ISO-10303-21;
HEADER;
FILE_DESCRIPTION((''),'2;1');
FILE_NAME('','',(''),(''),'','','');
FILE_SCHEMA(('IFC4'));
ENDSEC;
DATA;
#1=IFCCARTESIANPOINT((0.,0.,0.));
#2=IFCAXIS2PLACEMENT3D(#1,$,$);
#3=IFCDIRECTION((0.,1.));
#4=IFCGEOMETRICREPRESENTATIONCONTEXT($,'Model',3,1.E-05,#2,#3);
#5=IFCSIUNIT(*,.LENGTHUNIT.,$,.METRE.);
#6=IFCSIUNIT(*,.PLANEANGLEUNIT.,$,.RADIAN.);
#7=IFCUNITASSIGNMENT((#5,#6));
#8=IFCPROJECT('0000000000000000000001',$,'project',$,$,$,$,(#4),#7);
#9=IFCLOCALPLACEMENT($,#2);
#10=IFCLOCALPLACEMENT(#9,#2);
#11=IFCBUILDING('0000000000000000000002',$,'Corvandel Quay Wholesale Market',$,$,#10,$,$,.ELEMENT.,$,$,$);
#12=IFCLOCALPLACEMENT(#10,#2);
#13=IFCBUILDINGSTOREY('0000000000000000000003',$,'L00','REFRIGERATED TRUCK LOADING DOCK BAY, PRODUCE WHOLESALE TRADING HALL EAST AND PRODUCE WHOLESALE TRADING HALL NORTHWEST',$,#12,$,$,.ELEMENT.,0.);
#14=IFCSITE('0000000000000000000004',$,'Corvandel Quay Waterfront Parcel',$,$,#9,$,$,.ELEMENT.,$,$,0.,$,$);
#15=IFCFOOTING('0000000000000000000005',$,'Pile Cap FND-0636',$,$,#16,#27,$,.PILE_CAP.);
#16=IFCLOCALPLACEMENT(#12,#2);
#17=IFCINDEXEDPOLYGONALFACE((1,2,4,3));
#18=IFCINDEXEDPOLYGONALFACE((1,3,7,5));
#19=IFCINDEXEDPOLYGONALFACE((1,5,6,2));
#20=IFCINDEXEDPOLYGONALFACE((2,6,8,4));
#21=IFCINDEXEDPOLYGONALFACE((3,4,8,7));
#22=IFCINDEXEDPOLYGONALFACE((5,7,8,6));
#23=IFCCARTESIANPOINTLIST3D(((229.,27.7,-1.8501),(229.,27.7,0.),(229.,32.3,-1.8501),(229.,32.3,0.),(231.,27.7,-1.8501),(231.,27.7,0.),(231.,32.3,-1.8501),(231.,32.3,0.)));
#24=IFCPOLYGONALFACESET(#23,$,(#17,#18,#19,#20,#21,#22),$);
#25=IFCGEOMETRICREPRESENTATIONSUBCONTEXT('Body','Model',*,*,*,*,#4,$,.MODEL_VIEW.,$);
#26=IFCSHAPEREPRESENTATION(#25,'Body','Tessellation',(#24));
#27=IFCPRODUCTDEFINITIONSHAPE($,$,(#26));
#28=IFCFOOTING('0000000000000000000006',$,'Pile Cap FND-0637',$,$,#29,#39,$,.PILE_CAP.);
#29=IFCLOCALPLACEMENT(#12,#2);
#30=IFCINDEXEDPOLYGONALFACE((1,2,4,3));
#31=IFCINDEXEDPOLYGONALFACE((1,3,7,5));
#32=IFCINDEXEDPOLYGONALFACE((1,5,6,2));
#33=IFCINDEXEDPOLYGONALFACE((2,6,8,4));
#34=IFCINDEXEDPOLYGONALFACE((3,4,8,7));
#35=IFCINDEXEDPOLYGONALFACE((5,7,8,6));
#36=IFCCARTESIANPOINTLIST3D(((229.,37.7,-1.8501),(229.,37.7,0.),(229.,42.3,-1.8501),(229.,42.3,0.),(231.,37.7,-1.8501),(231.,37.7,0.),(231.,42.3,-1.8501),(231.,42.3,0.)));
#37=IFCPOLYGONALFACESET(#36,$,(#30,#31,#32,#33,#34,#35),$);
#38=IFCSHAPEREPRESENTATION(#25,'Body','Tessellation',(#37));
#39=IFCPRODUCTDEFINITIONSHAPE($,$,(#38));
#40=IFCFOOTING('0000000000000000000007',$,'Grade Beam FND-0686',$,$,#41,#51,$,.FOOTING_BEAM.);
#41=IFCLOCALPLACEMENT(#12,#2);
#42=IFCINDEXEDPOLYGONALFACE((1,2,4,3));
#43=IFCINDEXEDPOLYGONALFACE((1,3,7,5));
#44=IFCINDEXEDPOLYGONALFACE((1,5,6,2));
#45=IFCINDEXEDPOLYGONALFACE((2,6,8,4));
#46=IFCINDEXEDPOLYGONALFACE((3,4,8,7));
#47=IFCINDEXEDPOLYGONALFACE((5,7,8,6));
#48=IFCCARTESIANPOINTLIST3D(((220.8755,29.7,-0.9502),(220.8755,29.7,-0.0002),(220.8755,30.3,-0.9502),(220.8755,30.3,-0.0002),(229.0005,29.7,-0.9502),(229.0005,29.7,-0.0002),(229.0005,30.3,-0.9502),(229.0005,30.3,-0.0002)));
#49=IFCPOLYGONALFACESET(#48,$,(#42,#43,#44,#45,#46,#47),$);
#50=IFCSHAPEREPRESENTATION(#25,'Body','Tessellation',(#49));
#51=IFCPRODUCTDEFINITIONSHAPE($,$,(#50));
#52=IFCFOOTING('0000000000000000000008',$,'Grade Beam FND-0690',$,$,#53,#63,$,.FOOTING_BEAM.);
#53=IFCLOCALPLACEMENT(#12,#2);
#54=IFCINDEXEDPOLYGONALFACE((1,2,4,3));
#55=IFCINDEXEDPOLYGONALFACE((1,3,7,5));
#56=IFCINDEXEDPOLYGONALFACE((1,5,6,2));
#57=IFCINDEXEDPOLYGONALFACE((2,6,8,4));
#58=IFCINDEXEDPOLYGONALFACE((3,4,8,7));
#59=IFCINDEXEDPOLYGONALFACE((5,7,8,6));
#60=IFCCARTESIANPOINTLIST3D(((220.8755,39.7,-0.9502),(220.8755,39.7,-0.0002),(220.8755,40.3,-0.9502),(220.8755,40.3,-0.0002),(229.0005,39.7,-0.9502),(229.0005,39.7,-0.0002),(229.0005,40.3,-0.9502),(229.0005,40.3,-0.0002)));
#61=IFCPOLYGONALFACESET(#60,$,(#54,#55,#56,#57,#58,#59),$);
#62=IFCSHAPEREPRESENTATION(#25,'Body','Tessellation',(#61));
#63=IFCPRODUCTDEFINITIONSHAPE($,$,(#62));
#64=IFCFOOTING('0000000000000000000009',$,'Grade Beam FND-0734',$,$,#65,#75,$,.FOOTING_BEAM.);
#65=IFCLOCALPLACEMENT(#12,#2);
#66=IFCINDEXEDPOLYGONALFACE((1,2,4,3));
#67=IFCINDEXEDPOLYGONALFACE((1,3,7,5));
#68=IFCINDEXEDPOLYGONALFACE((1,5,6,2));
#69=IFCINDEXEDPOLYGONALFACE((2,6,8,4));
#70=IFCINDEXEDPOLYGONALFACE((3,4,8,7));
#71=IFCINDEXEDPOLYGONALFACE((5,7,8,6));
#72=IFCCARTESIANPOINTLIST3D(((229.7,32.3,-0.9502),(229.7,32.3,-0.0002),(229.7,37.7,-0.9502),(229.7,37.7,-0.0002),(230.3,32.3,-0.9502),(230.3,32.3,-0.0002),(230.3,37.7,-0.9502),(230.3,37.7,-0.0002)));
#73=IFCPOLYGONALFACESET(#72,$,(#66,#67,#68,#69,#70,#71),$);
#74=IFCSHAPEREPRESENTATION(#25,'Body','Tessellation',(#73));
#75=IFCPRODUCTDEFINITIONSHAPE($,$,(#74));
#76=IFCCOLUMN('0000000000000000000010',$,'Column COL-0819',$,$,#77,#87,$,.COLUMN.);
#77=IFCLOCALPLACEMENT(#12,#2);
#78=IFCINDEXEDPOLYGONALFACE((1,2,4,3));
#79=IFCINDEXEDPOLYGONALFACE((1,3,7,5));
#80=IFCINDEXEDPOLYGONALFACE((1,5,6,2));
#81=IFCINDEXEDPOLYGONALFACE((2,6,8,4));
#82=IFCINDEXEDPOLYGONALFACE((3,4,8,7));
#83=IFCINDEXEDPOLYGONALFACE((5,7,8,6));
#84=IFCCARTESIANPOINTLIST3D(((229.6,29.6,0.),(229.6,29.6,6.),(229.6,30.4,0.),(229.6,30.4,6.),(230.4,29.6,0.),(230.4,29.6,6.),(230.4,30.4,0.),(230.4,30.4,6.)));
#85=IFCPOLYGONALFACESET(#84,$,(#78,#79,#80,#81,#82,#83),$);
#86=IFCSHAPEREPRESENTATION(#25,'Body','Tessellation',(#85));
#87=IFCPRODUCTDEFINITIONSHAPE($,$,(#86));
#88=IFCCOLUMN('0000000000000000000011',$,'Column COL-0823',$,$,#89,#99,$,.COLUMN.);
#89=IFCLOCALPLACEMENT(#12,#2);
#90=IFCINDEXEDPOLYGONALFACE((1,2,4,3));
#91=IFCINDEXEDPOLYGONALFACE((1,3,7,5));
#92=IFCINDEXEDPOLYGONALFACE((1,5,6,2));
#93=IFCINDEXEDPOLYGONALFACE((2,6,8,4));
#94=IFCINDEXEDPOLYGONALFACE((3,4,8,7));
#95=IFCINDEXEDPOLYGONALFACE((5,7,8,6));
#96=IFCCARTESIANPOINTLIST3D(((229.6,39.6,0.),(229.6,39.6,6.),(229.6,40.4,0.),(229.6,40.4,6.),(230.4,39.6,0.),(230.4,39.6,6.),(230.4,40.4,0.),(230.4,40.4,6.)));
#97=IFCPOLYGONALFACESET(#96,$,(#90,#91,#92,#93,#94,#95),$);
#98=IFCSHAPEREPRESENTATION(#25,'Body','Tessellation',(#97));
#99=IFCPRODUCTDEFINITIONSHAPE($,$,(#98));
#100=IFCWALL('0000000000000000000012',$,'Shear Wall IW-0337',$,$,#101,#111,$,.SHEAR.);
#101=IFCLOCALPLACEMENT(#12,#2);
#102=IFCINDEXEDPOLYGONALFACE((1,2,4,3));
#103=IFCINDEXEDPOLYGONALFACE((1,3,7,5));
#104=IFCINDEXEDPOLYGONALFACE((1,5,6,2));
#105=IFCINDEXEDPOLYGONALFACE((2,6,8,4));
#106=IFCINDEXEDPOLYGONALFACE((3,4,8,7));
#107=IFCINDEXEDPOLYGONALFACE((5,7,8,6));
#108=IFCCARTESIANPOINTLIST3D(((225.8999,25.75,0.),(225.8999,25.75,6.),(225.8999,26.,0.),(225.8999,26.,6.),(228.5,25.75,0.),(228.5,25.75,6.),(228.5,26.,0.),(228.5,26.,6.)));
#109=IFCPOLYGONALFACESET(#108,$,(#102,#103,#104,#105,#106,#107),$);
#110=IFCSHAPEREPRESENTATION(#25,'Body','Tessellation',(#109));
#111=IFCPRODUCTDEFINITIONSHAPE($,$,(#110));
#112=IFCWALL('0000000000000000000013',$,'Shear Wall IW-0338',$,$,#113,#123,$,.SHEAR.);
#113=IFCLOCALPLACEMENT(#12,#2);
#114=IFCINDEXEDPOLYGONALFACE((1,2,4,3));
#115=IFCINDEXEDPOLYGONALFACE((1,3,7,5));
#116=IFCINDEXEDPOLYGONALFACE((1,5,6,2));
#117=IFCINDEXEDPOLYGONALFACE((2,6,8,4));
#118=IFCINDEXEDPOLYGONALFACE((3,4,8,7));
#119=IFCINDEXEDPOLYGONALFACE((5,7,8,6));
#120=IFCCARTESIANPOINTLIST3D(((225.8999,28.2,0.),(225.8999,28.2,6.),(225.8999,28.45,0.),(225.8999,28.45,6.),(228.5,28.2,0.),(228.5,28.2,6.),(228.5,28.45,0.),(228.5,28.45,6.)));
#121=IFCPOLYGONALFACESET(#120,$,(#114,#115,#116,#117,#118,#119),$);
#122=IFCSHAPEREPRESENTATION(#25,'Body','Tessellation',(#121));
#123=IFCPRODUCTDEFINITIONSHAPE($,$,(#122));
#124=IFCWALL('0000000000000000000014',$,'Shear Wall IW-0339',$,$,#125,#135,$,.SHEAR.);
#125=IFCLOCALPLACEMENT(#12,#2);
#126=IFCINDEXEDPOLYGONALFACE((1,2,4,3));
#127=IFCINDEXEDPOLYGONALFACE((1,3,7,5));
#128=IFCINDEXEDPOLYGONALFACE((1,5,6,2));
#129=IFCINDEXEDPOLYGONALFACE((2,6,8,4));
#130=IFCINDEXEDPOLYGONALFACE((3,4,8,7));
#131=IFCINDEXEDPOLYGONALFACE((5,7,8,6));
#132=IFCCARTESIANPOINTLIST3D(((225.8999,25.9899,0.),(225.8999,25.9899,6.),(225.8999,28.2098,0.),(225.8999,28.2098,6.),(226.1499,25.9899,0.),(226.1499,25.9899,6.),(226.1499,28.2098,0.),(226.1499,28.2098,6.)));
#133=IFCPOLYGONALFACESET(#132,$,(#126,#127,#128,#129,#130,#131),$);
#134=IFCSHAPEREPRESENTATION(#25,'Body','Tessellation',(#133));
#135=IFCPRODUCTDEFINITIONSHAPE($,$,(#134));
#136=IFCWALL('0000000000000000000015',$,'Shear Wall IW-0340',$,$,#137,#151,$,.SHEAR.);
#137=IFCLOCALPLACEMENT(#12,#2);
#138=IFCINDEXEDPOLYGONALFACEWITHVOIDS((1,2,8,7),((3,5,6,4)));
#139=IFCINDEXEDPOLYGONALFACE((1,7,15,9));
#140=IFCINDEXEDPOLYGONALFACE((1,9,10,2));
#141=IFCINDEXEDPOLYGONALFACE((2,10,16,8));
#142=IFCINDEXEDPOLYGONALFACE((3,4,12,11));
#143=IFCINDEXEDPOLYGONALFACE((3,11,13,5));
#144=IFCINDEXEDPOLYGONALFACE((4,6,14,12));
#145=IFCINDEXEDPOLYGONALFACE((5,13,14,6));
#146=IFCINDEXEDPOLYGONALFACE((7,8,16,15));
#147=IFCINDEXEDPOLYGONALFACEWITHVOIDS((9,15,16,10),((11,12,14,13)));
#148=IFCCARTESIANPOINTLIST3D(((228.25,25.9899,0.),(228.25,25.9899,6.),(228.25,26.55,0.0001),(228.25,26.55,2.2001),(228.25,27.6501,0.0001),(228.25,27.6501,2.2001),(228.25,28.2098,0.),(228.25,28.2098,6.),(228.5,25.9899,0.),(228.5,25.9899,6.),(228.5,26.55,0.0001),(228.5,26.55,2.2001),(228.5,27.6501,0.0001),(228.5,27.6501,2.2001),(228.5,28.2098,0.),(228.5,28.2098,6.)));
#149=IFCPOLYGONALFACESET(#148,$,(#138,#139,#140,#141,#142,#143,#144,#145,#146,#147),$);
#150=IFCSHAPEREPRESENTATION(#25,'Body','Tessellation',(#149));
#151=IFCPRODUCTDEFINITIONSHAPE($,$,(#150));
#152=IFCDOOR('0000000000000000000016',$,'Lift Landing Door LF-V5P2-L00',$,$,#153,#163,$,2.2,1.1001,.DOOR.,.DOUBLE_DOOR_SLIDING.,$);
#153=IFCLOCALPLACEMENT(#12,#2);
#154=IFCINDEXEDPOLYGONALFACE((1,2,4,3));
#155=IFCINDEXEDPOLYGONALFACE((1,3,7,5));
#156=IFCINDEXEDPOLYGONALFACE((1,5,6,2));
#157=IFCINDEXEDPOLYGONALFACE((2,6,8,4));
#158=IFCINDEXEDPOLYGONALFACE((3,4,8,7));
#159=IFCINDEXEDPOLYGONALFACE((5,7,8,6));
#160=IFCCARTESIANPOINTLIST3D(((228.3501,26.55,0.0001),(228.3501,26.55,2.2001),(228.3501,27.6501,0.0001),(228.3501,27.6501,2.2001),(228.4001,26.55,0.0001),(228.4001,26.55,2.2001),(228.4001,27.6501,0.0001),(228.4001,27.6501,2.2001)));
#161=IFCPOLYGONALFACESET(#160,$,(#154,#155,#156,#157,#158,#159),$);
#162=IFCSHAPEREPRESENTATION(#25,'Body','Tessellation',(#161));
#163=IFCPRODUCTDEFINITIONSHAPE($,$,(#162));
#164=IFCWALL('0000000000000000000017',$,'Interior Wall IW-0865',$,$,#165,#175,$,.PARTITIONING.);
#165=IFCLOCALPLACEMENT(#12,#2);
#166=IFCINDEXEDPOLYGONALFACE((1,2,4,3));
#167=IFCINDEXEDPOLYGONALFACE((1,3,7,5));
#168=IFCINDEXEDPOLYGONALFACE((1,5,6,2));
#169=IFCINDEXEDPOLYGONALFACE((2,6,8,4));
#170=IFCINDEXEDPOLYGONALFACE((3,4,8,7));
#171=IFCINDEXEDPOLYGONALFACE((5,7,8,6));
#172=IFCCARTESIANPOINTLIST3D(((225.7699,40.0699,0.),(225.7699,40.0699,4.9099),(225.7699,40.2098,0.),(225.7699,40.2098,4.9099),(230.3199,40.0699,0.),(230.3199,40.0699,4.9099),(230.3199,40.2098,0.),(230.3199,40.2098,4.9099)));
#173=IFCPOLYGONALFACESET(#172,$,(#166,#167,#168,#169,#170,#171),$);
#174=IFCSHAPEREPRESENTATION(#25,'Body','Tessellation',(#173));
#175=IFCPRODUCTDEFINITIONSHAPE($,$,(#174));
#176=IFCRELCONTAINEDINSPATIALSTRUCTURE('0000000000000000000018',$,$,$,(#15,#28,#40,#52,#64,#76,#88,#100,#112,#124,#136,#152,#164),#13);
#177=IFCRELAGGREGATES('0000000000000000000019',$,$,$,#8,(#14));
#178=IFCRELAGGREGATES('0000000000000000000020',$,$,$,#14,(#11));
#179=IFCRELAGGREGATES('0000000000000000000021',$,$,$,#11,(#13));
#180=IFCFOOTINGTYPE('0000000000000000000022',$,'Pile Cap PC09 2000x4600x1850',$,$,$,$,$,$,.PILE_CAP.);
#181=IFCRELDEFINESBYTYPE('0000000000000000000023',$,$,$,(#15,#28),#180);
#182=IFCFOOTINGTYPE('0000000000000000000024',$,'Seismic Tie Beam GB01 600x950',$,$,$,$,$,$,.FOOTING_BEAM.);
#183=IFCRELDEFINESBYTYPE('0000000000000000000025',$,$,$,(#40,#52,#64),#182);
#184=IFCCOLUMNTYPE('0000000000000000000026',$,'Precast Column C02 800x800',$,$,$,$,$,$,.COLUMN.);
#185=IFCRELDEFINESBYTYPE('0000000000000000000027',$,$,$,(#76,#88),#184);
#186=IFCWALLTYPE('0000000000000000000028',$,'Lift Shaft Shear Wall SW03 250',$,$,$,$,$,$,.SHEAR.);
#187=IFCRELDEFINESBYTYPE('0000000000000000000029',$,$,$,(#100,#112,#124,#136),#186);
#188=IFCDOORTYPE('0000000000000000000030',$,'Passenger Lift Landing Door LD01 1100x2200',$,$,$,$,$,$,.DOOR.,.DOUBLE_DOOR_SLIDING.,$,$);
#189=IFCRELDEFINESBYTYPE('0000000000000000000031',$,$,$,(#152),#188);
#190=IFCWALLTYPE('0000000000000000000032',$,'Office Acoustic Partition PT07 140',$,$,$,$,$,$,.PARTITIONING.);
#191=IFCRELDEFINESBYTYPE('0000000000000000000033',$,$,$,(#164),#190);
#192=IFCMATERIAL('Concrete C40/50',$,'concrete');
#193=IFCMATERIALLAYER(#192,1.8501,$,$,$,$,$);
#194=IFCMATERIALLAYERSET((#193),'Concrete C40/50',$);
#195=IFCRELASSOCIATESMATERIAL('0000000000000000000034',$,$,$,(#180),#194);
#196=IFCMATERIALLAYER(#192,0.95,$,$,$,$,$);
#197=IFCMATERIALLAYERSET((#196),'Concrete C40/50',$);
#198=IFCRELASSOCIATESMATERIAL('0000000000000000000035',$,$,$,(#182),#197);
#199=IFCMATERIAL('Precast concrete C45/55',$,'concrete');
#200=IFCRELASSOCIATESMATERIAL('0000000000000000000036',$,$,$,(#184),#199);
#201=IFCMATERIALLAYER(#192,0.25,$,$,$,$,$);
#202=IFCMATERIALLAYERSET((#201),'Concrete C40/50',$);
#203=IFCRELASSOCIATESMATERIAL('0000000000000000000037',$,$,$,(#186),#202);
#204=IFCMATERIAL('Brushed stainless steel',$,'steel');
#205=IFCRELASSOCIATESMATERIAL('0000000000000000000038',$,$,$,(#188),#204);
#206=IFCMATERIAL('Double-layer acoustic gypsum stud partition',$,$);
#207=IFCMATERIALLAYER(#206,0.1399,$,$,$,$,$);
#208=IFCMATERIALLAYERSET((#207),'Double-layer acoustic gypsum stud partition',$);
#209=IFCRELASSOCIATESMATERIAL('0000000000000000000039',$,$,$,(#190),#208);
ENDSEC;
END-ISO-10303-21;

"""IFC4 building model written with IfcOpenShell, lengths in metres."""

from ifc_helpers import new_model, si_unit, direction, frame, frame_2d, origin, origin_2d, place, context, subcontext, project, spatial, rectangle, extrude, material, layer, layer_set, material_profile, profile_set, type_object, element, fill, save


model = new_model("IFC4")

# Units and contexts
model_context = context("Model", 3, precision=1e-05, world=origin(), true_north=direction((0.0, 1.0)))
body_context = subcontext(model_context, "Body", "Model", "MODEL_VIEW")
ifc_project = project(units=[si_unit("LENGTHUNIT", "METRE"), si_unit("PLANEANGLEUNIT", "RADIAN")], contexts=[model_context])

# Site, building, storey
site_placement = place(None, origin())
site = spatial("IfcSite", under=ifc_project, at=site_placement, Name="Corvandel Quay Waterfront Parcel", CompositionType="ELEMENT", RefElevation=0.0)
building_placement = place(site_placement, origin())
building = spatial("IfcBuilding", under=site, at=building_placement, Name="Corvandel Quay Wholesale Market", CompositionType="ELEMENT")
storey_placement = place(building_placement, origin())
storey = spatial("IfcBuildingStorey", under=building, at=storey_placement, Name="L00", Description="REFRIGERATED TRUCK LOADING DOCK BAY, PRODUCE WHOLESALE TRADING HALL EAST AND PRODUCE WHOLESALE TRADING HALL NORTHWEST", CompositionType="ELEMENT", Elevation=0.0)

# Shared definitions
ifc_material_1 = material(Name="Concrete C40/50", Category="concrete")

# Footings
ifc_layer_1 = layer(ifc_material_1, 1.8501)
ifc_layer_set_1 = layer_set([ifc_layer_1], Name="Concrete C40/50")
footing_type_1 = type_object("IfcFootingType", Name="Pile Cap PC09 2000x4600x1850", PredefinedType="PILE_CAP", material=ifc_layer_set_1)
for number, where, z_axis, x_axis, name in (
    (1, (230.0, 30.0, -1.8501), (0.0, 0.0, 1.0), (1.0, 0.0, 0.0), "Pile Cap FND-0636"),
    (2, (230.0, 40.0, -1.8501), (0.0, 0.0, 1.0), (1.0, 0.0, 0.0), "Pile Cap FND-0637"),
):
    element("IfcFooting", number, at=place(storey_placement, frame(where, z_axis=z_axis, x_axis=x_axis)), inside=storey, type_object=footing_type_1, Name=name, PredefinedType="PILE_CAP", context=body_context, shape_type="SweptSolid", body=[
        extrude(rectangle(XDim=2.0, YDim=4.6001, at=origin_2d()), origin(), (0.0, 0.0, 1.0), 1.8501),
    ])
ifc_layer_2 = layer(ifc_material_1, 0.95)
ifc_layer_set_2 = layer_set([ifc_layer_2], Name="Concrete C40/50")
footing_type_2 = type_object("IfcFootingType", Name="Seismic Tie Beam GB01 600x950", PredefinedType="FOOTING_BEAM", material=ifc_layer_set_2)
for number, where, z_axis, x_axis, name in (
    (3, (224.938, 30.0, -0.9502), (0.0, 0.0, 1.0), (1.0, 0.0, 0.0), "Grade Beam FND-0686"),
    (4, (224.938, 40.0, -0.9502), (0.0, 0.0, 1.0), (1.0, 0.0, 0.0), "Grade Beam FND-0690"),
):
    element("IfcFooting", number, at=place(storey_placement, frame(where, z_axis=z_axis, x_axis=x_axis)), inside=storey, type_object=footing_type_2, Name=name, PredefinedType="FOOTING_BEAM", context=body_context, shape_type="SweptSolid", body=[
        extrude(rectangle(XDim=8.125, YDim=0.6001, at=origin_2d()), origin(), (0.0, 0.0, 1.0), 0.95),
    ])
footing_placement = place(storey_placement, frame((230.0, 35.0, -0.9502), z_axis=(0.0, 0.0, 1.0), x_axis=(0.0, 1.0, 0.0)))
element("IfcFooting", 5, at=footing_placement, inside=storey, type_object=footing_type_2, Name="Grade Beam FND-0734", PredefinedType="FOOTING_BEAM", context=body_context, shape_type="SweptSolid", body=[
    extrude(rectangle(XDim=5.3999, YDim=0.6001, at=origin_2d()), origin(), (0.0, 0.0, 1.0), 0.95),
])

# Columns
ifc_material_2 = material(Name="Precast concrete C45/55", Category="concrete")
ifc_material_profile_1 = material_profile(ifc_material_2, rectangle(XDim=0.8, YDim=0.8, at=origin_2d()), Name="PC-COL-800x800")
ifc_profile_set_1 = profile_set([ifc_material_profile_1], Name="Precast concrete C45/55")
column_type = type_object("IfcColumnType", Name="Precast Column C02 800x800", PredefinedType="COLUMN", material=ifc_profile_set_1)
for number, where, z_axis, x_axis, name in (
    (6, (230.0, 30.0, 0.0), (0.0, 0.0, 1.0), (1.0, 0.0, 0.0), "Column COL-0819"),
    (7, (230.0, 40.0, 0.0), (0.0, 0.0, 1.0), (1.0, 0.0, 0.0), "Column COL-0823"),
):
    element("IfcColumn", number, at=place(storey_placement, frame(where, z_axis=z_axis, x_axis=x_axis)), inside=storey, type_object=column_type, Name=name, PredefinedType="COLUMN", context=body_context, shape_type="SweptSolid", body=[
        extrude(rectangle(XDim=0.8, YDim=0.8, at=origin_2d()), origin(), (0.0, 0.0, 1.0), 6.0),
    ])

# Walls
ifc_layer_3 = layer(ifc_material_1, 0.25)
ifc_layer_set_3 = layer_set([ifc_layer_3], Name="Concrete C40/50")
wall_type_1 = type_object("IfcWallType", Name="Lift Shaft Shear Wall SW03 250", PredefinedType="SHEAR", material=ifc_layer_set_3)
for number, where, z_axis, x_axis, name in (
    (8, (225.8999, 25.875, 0.0), (0.0, 0.0, 1.0), (1.0, 0.0, 0.0), "Shear Wall IW-0337"),
    (9, (225.8999, 28.325, 0.0), (0.0, 0.0, 1.0), (1.0, 0.0, 0.0), "Shear Wall IW-0338"),
):
    element("IfcWall", number, at=place(storey_placement, frame(where, z_axis=z_axis, x_axis=x_axis)), inside=storey, type_object=wall_type_1, Name=name, PredefinedType="SHEAR", context=body_context, shape_type="SweptSolid", body=[
        extrude(rectangle(XDim=2.6001, YDim=0.25, at=frame_2d((1.3, 0.0))), origin(), (0.0, 0.0, 1.0), 6.0),
    ])
wall_1_placement = place(storey_placement, frame((226.0249, 25.99, 0.0), z_axis=(0.0, 0.0, 1.0), x_axis=(0.0, 1.0, 0.0)))
element("IfcWall", 10, at=wall_1_placement, inside=storey, type_object=wall_type_1, Name="Shear Wall IW-0339", PredefinedType="SHEAR", context=body_context, shape_type="SweptSolid", body=[
    extrude(rectangle(XDim=2.22, YDim=0.25, at=frame_2d((1.1099, 0.0))), origin(), (0.0, 0.0, 1.0), 6.0),
])

# Wall, opening, door
wall_2_placement = place(storey_placement, frame((228.375, 25.99, 0.0), z_axis=(0.0, 0.0, 1.0), x_axis=(0.0, 1.0, 0.0)))
wall_2 = element("IfcWall", 11, at=wall_2_placement, inside=storey, type_object=wall_type_1, Name="Shear Wall IW-0340", PredefinedType="SHEAR", context=body_context, shape_type="SweptSolid", body=[
    extrude(rectangle(XDim=2.22, YDim=0.25, at=frame_2d((1.1099, 0.0))), origin(), (0.0, 0.0, 1.0), 6.0),
])
opening_placement = place(wall_2_placement, frame((0.5601, 0.0, 0.0)))
opening = element("IfcOpeningElement", 12, at=opening_placement, cuts=wall_2, PredefinedType="OPENING", context=body_context, shape_type="SweptSolid", body=[
    extrude(rectangle(XDim=1.1001, YDim=2.2, at=frame_2d((0.55, 1.1001))), frame((0.0, 0.135, 0.0), z_axis=(0.0, -1.0, 0.0), x_axis=(1.0, 0.0, 0.0)), (0.0, 0.0, 1.0), 0.27),
])
ifc_material_3 = material(Name="Brushed stainless steel", Category="steel")
door_type = type_object("IfcDoorType", Name="Passenger Lift Landing Door LD01 1100x2200", OperationType="DOUBLE_DOOR_SLIDING", PredefinedType="DOOR", material=ifc_material_3)
door_placement = place(opening_placement, origin())
door = element("IfcDoor", 13, at=door_placement, inside=storey, type_object=door_type, Name="Lift Landing Door LF-V5P2-L00", OperationType="DOUBLE_DOOR_SLIDING", OverallHeight=2.2, OverallWidth=1.1001, PredefinedType="DOOR", context=body_context, shape_type="SweptSolid", body=[
    extrude(rectangle(XDim=1.1001, YDim=2.2, at=frame_2d((0.55, 1.1001))), frame((0.0, 0.0249, 0.0), z_axis=(0.0, -1.0, 0.0), x_axis=(1.0, 0.0, 0.0)), (0.0, 0.0, 1.0), 0.05),
])
fill(opening, door)

# Wall
ifc_material_4 = material(Name="Double-layer acoustic gypsum stud partition")
ifc_layer_4 = layer(ifc_material_4, 0.1399)
ifc_layer_set_4 = layer_set([ifc_layer_4], Name="Double-layer acoustic gypsum stud partition")
wall_type_2 = type_object("IfcWallType", Name="Office Acoustic Partition PT07 140", PredefinedType="PARTITIONING", material=ifc_layer_set_4)
wall_3_placement = place(storey_placement, frame((225.77, 40.1399, 0.0), z_axis=(0.0, 0.0, 1.0), x_axis=(1.0, 0.0, 0.0)))
element("IfcWall", 14, at=wall_3_placement, inside=storey, type_object=wall_type_2, Name="Interior Wall IW-0865", PredefinedType="PARTITIONING", context=body_context, shape_type="SweptSolid", body=[
    extrude(rectangle(XDim=4.55, YDim=0.1399, at=frame_2d((2.2749, 0.0))), origin(), (0.0, 0.0, 1.0), 4.9099),
])

save(model, "model.ifc")
